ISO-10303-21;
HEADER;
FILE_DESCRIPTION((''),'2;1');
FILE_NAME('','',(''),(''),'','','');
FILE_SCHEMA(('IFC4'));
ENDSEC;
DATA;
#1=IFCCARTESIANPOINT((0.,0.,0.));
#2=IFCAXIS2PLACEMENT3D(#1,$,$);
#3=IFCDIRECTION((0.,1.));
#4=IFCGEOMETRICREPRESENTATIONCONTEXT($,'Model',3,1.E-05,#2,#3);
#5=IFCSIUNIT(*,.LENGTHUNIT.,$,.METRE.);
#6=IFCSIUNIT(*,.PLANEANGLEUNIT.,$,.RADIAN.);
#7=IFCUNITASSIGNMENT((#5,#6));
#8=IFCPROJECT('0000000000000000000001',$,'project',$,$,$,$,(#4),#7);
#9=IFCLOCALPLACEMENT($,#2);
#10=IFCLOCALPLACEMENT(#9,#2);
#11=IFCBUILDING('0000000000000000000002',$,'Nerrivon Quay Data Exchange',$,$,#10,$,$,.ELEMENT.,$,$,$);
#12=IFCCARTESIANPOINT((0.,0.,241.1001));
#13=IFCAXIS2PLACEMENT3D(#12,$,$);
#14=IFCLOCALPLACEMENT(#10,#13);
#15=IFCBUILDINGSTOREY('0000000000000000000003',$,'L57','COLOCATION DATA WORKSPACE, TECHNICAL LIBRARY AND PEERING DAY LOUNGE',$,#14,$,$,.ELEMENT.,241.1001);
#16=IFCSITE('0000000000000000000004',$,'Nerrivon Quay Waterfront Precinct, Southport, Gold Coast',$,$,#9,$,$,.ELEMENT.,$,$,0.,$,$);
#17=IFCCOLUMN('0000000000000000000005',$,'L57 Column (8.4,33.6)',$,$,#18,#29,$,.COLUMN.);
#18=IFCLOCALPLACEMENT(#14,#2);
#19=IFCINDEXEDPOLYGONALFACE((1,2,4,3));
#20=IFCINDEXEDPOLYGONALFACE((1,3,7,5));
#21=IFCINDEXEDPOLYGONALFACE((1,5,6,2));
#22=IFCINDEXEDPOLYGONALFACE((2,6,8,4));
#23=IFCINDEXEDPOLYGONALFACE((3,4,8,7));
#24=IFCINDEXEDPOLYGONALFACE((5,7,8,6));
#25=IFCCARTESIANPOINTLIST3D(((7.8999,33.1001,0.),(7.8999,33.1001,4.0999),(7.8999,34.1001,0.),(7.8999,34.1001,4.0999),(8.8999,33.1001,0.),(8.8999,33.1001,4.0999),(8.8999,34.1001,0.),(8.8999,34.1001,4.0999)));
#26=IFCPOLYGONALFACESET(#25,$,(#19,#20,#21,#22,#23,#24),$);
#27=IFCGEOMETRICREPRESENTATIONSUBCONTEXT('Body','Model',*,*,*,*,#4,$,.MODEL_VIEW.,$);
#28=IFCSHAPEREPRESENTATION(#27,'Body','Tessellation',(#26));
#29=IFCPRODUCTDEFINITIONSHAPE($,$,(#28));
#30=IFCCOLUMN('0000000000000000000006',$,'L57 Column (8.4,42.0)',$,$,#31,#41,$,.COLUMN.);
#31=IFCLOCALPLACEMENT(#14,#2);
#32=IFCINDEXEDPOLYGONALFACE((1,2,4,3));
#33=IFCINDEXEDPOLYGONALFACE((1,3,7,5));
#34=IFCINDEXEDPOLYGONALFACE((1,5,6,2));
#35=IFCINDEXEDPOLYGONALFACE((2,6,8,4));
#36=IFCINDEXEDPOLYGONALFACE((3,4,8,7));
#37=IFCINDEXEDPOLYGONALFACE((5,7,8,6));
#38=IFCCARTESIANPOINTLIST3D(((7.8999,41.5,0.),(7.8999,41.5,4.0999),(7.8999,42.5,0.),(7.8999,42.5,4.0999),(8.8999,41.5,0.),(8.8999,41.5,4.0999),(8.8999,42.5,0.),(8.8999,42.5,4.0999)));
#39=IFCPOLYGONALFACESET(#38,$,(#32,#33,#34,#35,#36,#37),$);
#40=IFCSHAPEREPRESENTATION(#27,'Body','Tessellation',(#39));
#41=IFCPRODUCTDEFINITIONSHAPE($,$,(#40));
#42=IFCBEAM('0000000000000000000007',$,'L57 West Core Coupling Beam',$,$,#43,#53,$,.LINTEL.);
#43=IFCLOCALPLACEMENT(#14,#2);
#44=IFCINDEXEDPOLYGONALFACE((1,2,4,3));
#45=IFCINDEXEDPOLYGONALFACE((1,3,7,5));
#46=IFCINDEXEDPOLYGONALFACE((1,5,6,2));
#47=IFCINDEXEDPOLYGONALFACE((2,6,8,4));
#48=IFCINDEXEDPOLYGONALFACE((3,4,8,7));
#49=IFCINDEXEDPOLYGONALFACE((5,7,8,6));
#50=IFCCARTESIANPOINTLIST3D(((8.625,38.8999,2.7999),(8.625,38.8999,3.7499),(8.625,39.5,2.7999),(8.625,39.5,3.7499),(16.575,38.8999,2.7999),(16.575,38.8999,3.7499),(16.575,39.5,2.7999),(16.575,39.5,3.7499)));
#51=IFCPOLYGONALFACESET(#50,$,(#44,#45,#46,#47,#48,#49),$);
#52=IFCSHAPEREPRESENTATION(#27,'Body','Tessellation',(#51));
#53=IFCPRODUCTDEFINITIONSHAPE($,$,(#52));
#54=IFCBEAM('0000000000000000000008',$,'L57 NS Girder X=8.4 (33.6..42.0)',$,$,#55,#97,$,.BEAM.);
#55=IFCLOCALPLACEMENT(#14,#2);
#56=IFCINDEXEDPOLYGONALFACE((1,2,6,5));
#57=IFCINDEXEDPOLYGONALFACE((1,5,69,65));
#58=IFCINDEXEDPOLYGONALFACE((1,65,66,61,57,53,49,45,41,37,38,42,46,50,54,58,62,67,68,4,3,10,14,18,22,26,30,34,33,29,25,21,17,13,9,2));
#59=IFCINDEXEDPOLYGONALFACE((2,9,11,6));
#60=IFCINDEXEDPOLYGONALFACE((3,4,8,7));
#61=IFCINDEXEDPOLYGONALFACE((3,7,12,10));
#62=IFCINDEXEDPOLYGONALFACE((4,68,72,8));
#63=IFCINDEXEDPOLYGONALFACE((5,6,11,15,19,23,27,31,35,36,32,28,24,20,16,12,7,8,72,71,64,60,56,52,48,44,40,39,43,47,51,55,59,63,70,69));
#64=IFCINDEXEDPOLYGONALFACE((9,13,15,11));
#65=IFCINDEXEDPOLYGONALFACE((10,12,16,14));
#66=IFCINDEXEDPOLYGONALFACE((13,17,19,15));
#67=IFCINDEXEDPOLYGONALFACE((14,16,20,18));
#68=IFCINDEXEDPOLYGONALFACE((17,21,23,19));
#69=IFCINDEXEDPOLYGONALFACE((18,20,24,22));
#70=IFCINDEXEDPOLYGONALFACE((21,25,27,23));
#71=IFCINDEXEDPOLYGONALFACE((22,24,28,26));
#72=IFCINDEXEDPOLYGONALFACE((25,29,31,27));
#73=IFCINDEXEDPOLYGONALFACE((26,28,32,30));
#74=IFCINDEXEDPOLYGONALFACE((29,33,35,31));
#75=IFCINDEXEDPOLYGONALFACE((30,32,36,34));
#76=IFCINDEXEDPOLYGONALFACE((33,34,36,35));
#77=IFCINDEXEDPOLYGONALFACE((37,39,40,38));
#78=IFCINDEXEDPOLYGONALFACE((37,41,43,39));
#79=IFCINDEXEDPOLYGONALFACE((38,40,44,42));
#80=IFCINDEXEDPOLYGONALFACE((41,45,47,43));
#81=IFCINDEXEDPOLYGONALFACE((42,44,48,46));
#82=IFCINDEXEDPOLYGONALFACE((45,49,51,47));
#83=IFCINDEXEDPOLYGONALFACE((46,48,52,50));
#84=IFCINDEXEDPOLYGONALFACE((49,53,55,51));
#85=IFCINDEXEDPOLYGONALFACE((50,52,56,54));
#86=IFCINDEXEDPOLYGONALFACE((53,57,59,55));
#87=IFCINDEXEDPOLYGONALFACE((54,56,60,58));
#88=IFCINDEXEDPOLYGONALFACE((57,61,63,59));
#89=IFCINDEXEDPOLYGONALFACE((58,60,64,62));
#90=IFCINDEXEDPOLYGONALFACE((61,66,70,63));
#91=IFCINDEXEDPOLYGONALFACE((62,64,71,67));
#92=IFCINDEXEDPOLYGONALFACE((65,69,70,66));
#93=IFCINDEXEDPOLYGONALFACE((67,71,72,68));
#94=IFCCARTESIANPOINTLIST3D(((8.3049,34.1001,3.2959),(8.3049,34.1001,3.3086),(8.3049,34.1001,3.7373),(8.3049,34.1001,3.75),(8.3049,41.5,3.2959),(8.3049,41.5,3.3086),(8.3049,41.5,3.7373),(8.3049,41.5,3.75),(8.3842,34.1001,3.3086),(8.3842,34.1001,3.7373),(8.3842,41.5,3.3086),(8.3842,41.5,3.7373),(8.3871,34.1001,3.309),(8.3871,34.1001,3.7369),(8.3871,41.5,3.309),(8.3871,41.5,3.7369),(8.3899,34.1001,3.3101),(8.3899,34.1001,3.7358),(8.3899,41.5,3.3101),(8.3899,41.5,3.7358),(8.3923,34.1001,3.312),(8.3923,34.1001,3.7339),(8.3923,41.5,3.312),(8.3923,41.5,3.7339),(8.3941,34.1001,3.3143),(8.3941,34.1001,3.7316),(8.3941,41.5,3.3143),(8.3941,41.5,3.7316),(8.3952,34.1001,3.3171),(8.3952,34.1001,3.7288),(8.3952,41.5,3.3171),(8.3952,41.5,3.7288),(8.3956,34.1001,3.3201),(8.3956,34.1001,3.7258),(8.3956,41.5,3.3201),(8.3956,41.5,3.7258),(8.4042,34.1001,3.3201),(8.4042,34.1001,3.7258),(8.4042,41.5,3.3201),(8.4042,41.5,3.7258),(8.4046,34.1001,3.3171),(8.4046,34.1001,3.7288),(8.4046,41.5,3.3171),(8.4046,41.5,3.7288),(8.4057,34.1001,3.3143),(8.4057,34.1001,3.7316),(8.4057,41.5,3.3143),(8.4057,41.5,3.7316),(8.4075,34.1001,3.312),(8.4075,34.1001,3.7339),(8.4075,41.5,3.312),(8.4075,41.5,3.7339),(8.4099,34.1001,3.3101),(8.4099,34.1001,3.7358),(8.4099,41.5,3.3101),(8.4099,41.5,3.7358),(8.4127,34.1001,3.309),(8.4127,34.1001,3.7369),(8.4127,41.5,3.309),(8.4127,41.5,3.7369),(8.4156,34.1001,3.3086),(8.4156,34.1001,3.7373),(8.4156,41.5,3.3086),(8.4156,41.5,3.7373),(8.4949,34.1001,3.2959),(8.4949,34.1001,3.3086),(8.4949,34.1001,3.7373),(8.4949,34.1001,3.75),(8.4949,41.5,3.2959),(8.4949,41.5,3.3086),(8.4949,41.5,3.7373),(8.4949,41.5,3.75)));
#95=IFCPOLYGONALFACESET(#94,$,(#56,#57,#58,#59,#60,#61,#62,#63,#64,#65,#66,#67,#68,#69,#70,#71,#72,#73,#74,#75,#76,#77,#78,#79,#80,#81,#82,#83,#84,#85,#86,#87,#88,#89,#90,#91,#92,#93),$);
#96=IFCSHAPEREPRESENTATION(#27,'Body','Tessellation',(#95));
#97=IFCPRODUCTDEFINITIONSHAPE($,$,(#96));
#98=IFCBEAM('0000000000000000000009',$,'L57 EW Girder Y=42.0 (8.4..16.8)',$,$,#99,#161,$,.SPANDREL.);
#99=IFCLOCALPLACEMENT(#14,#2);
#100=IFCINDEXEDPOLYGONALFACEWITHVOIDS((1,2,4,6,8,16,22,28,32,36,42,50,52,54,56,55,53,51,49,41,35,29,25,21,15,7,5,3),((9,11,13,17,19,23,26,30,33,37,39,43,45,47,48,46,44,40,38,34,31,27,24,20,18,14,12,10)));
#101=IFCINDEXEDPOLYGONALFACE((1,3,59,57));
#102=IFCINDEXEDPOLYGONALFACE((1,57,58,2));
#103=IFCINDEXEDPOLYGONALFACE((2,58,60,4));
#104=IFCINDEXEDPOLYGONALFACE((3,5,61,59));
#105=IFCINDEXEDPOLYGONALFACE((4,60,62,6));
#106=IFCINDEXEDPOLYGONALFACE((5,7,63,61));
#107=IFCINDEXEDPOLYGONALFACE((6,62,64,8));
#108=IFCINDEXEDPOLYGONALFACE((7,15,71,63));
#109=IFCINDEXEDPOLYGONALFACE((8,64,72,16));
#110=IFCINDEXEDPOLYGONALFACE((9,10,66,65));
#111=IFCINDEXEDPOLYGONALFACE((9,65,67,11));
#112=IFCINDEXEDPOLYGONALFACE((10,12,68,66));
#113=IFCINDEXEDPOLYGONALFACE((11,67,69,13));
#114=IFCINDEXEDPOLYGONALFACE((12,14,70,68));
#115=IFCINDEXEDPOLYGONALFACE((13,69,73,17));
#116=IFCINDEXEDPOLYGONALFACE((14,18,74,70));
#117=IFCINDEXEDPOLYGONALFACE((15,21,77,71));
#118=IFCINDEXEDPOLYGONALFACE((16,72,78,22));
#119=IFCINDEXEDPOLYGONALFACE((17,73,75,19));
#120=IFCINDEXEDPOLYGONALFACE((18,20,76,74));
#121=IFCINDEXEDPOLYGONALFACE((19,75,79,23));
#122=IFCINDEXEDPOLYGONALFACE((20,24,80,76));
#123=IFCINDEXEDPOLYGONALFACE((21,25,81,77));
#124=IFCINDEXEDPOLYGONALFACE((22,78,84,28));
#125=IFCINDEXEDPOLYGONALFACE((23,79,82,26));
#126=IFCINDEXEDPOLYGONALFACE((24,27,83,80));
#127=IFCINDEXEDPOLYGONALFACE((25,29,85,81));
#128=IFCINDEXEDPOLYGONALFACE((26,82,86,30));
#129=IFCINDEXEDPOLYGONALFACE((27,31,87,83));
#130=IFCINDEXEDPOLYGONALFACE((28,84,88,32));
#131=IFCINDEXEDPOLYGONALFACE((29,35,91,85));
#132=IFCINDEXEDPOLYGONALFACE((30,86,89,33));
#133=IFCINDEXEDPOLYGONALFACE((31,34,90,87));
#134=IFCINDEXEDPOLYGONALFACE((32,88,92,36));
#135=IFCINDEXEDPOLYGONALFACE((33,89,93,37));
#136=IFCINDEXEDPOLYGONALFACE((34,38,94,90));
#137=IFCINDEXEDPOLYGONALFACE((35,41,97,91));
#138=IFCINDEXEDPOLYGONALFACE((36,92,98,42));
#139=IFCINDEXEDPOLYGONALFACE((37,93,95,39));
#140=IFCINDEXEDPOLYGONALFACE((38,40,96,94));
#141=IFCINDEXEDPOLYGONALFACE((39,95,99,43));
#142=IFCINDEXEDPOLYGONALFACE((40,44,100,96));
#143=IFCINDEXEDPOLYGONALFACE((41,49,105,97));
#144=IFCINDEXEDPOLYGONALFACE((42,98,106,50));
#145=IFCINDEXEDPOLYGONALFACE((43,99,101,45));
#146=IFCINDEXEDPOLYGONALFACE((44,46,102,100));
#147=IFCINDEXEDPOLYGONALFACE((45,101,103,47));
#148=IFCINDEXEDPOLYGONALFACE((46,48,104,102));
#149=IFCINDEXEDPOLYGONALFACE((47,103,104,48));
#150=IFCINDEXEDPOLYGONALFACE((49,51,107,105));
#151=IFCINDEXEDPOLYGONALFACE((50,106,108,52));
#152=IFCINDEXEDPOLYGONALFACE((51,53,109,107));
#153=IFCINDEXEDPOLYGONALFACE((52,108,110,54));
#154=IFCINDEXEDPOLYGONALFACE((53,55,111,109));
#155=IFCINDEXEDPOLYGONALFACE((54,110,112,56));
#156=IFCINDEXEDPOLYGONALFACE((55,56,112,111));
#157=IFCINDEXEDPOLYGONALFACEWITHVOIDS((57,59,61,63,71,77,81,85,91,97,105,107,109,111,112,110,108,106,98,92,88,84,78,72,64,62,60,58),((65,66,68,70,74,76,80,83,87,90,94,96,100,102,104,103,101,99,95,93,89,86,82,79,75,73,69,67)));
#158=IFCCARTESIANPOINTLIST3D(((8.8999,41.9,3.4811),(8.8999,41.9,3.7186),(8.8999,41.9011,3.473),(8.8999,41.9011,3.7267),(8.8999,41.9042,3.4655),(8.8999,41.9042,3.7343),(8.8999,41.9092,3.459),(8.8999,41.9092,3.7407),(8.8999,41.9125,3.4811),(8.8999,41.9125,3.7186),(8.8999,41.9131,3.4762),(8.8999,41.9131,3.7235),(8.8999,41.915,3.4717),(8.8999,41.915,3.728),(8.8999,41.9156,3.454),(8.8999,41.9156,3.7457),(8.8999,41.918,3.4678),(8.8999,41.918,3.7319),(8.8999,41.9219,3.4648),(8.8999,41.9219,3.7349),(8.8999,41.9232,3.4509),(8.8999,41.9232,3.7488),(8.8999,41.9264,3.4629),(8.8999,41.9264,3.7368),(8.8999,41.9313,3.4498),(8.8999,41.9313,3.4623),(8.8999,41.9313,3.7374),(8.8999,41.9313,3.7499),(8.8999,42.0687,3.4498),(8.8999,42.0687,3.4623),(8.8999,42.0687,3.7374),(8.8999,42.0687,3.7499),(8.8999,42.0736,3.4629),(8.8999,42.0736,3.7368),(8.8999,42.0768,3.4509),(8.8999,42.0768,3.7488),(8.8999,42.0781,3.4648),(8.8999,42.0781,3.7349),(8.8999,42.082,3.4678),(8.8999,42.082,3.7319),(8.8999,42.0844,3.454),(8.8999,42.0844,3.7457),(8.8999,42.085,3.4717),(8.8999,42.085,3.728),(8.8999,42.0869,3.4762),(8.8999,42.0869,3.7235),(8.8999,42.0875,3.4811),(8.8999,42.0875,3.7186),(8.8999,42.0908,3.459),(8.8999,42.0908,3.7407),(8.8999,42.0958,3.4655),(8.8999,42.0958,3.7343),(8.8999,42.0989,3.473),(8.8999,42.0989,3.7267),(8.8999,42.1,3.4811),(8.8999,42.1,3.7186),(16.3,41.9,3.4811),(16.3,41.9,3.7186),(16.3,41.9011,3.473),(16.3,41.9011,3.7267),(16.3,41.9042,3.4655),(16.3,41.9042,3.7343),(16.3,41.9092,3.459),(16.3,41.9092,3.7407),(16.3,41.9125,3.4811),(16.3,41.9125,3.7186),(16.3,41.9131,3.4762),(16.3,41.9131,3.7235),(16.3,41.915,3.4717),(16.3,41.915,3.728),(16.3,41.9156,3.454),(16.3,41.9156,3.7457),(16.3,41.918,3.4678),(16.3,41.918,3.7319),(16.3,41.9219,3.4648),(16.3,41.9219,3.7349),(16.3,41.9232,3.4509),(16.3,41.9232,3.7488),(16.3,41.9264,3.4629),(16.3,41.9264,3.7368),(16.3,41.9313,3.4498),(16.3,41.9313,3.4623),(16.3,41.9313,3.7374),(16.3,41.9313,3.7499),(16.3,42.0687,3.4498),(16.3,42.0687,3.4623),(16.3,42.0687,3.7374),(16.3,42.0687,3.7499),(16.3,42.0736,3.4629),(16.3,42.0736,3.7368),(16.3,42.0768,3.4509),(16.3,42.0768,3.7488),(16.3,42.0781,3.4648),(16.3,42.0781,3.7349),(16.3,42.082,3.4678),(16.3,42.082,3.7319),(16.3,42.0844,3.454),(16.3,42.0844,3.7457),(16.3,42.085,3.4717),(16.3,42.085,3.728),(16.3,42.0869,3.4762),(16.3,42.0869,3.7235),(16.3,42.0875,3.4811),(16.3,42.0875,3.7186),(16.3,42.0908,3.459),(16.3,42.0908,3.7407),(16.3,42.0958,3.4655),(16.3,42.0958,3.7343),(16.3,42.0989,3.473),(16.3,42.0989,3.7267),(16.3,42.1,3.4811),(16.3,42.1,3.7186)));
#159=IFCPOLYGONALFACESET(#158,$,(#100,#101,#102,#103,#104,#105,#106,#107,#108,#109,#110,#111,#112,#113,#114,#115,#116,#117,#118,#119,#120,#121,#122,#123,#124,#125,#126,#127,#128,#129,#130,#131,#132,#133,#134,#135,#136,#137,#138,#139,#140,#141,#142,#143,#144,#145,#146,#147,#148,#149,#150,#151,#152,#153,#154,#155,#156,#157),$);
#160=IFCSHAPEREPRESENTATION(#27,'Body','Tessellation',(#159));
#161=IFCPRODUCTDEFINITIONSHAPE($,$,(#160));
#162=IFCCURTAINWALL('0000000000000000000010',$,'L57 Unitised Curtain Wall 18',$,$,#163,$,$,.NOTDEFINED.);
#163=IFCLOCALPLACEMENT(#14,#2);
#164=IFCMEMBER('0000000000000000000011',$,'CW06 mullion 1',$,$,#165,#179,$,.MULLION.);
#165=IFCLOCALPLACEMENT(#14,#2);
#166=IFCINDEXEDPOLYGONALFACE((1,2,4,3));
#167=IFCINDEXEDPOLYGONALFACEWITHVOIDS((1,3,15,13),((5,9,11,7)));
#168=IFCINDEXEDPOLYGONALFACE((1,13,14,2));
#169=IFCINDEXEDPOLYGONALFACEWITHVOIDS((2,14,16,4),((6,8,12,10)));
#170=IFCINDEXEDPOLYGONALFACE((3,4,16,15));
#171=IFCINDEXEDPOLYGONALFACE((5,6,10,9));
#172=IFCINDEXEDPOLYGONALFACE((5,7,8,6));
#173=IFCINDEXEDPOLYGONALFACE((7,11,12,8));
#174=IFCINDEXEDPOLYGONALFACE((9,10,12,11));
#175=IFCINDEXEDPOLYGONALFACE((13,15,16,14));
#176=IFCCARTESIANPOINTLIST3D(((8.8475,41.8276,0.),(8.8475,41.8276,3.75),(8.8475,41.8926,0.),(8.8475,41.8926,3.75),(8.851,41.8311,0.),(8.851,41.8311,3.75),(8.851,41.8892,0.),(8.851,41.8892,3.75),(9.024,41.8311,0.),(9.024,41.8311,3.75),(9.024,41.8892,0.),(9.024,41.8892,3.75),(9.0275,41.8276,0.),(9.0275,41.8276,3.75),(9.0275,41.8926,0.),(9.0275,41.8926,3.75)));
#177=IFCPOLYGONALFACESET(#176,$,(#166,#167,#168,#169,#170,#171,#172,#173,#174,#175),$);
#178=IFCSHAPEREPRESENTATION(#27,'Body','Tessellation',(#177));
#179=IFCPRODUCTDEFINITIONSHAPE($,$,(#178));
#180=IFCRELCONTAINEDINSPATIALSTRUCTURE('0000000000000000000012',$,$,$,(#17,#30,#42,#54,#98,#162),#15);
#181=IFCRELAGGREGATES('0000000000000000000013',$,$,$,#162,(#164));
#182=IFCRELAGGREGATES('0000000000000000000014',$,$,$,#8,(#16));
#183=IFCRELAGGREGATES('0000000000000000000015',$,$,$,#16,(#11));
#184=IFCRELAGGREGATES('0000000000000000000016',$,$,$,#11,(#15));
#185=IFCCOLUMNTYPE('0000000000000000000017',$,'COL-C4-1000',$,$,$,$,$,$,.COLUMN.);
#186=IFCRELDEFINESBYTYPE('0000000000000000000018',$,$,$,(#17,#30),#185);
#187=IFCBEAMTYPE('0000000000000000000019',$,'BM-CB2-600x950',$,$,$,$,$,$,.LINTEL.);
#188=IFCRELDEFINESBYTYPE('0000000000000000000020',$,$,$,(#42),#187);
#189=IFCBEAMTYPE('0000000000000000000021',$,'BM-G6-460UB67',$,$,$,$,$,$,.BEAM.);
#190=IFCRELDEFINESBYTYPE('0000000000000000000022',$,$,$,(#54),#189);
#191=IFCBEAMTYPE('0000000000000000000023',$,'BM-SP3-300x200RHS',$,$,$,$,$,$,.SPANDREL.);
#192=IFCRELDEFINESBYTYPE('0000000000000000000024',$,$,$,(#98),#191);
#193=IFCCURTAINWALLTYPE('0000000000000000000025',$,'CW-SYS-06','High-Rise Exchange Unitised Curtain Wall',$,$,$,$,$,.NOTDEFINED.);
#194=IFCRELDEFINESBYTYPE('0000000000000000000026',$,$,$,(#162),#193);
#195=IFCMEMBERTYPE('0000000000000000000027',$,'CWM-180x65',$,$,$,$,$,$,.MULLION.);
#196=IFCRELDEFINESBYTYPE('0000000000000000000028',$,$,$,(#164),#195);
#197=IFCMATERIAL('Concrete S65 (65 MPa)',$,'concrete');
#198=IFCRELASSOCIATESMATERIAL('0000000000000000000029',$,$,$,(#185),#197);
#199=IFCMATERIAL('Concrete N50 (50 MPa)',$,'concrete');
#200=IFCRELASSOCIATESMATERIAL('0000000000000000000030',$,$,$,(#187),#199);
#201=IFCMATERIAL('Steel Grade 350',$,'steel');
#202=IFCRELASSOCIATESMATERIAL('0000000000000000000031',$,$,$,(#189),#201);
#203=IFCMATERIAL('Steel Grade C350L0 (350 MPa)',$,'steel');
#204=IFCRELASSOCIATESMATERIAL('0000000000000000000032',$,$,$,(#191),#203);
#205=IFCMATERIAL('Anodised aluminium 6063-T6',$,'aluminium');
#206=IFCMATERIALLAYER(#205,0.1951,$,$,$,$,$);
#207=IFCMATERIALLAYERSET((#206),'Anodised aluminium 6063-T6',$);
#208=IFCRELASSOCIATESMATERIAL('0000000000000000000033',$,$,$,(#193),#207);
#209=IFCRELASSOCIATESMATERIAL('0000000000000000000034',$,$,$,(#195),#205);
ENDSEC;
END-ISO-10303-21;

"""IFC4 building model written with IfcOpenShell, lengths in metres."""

from ifc_helpers import new_model, si_unit, direction, frame, origin, origin_2d, place, context, subcontext, project, spatial, rectangle, hollow_rectangle, i_section, extrude, material, layer, layer_set, material_profile, profile_set, type_object, element, aggregate, save


model = new_model("IFC4")

# Units and contexts
model_context = context("Model", 3, precision=1e-05, world=origin(), true_north=direction((0.0, 1.0)))
body_context = subcontext(model_context, "Body", "Model", "MODEL_VIEW")
ifc_project = project(units=[si_unit("LENGTHUNIT", "METRE"), si_unit("PLANEANGLEUNIT", "RADIAN")], contexts=[model_context])

# Site, building, storey
site_placement = place(None, origin())
site = spatial("IfcSite", under=ifc_project, at=site_placement, Name="Nerrivon Quay Waterfront Precinct, Southport, Gold Coast", CompositionType="ELEMENT", RefElevation=0.0)
building_placement = place(site_placement, origin())
building = spatial("IfcBuilding", under=site, at=building_placement, Name="Nerrivon Quay Data Exchange", CompositionType="ELEMENT")
storey_placement = place(building_placement, frame((0.0, 0.0, 241.1001)))
storey = spatial("IfcBuildingStorey", under=building, at=storey_placement, Name="L57", Description="COLOCATION DATA WORKSPACE, TECHNICAL LIBRARY AND PEERING DAY LOUNGE", CompositionType="ELEMENT", Elevation=241.1001)

# Columns
ifc_material_1 = material(Name="Concrete S65 (65 MPa)", Category="concrete")
ifc_material_profile_1 = material_profile(ifc_material_1, rectangle(XDim=1.0, YDim=1.0, at=origin_2d()), Name="RC-COL-1000x1000")
ifc_profile_set_1 = profile_set([ifc_material_profile_1], Name="Concrete S65 (65 MPa)")
column_type = type_object("IfcColumnType", Name="COL-C4-1000", PredefinedType="COLUMN", material=ifc_profile_set_1)
for number, where, z_axis, x_axis, name in (
    (1, (8.3999, 33.6001, 0.0), (0.0, 0.0, 1.0), (1.0, 0.0, 0.0), "L57 Column (8.4,33.6)"),
    (2, (8.3999, 42.0, 0.0), (0.0, 0.0, 1.0), (1.0, 0.0, 0.0), "L57 Column (8.4,42.0)"),
):
    element("IfcColumn", number, at=place(storey_placement, frame(where, z_axis=z_axis, x_axis=x_axis)), inside=storey, type_object=column_type, Name=name, PredefinedType="COLUMN", context=body_context, shape_type="SweptSolid", body=[
        extrude(rectangle(XDim=1.0, YDim=1.0, at=origin_2d()), origin(), (0.0, 0.0, 1.0), 4.0999),
    ])

# Beams
ifc_material_2 = material(Name="Concrete N50 (50 MPa)", Category="concrete")
ifc_material_profile_2 = material_profile(ifc_material_2, rectangle(XDim=0.6001, YDim=0.95, at=origin_2d()), Name="RC-CB-600x950")
ifc_profile_set_2 = profile_set([ifc_material_profile_2], Name="Concrete N50 (50 MPa)")
beam_type_1 = type_object("IfcBeamType", Name="BM-CB2-600x950", PredefinedType="LINTEL", material=ifc_profile_set_2)
beam_1_placement = place(storey_placement, frame((8.625, 39.2, 3.2749), z_axis=(1.0, 0.0, 0.0), x_axis=(0.0, 1.0, 0.0)))
element("IfcBeam", 3, at=beam_1_placement, inside=storey, type_object=beam_type_1, Name="L57 West Core Coupling Beam", PredefinedType="LINTEL", context=body_context, shape_type="SweptSolid", body=[
    extrude(rectangle(XDim=0.6001, YDim=0.95, at=origin_2d()), origin(), (0.0, 0.0, 1.0), 7.95),
])
ifc_material_3 = material(Name="Steel Grade 350", Category="steel")
ifc_material_profile_3 = material_profile(ifc_material_3, i_section(OverallWidth=0.1899, OverallDepth=0.4541, WebThickness=0.0085, FlangeThickness=0.0127, FilletRadius=0.0115, at=origin_2d()), Name="460UB67.1")
ifc_profile_set_3 = profile_set([ifc_material_profile_3], Name="Steel Grade 350")
beam_type_2 = type_object("IfcBeamType", Name="BM-G6-460UB67", PredefinedType="BEAM", material=ifc_profile_set_3)
beam_2_placement = place(storey_placement, frame((8.3999, 34.1001, 3.5229), z_axis=(0.0, 1.0, 0.0), x_axis=(-1.0, 0.0, 0.0)))
element("IfcBeam", 4, at=beam_2_placement, inside=storey, type_object=beam_type_2, Name="L57 NS Girder X=8.4 (33.6..42.0)", PredefinedType="BEAM", context=body_context, shape_type="SweptSolid", body=[
    extrude(i_section(OverallWidth=0.1899, OverallDepth=0.4541, WebThickness=0.0085, FlangeThickness=0.0127, FilletRadius=0.0115, at=origin_2d()), origin(), (0.0, 0.0, 1.0), 7.3999),
])
ifc_material_4 = material(Name="Steel Grade C350L0 (350 MPa)", Category="steel")
ifc_material_profile_4 = material_profile(ifc_material_4, hollow_rectangle(XDim=0.2, YDim=0.3, WallThickness=0.0125, InnerFilletRadius=0.0188, OuterFilletRadius=0.0312, at=origin_2d()), Name="300x200x12.5RHS")
ifc_profile_set_4 = profile_set([ifc_material_profile_4], Name="Steel Grade C350L0 (350 MPa)")
beam_type_3 = type_object("IfcBeamType", Name="BM-SP3-300x200RHS", PredefinedType="SPANDREL", material=ifc_profile_set_4)
beam_3_placement = place(storey_placement, frame((8.8999, 42.0, 3.5999), z_axis=(1.0, 0.0, 0.0), x_axis=(0.0, 1.0, 0.0)))
element("IfcBeam", 5, at=beam_3_placement, inside=storey, type_object=beam_type_3, Name="L57 EW Girder Y=42.0 (8.4..16.8)", PredefinedType="SPANDREL", context=body_context, shape_type="SweptSolid", body=[
    extrude(hollow_rectangle(XDim=0.2, YDim=0.3, WallThickness=0.0125, InnerFilletRadius=0.0188, OuterFilletRadius=0.0312, at=origin_2d()), origin(), (0.0, 0.0, 1.0), 7.4001),
])

# Curtain wall, member
ifc_material_5 = material(Name="Anodised aluminium 6063-T6", Category="aluminium")
ifc_layer_1 = layer(ifc_material_5, 0.1951)
ifc_layer_set_1 = layer_set([ifc_layer_1], Name="Anodised aluminium 6063-T6")
curtain_wall_type = type_object("IfcCurtainWallType", Name="CW-SYS-06", Description="High-Rise Exchange Unitised Curtain Wall", PredefinedType="NOTDEFINED", material=ifc_layer_set_1)
curtain_wall_placement = place(storey_placement, origin())
curtain_wall = element("IfcCurtainWall", 6, at=curtain_wall_placement, inside=storey, type_object=curtain_wall_type, Name="L57 Unitised Curtain Wall 18", PredefinedType="NOTDEFINED")
ifc_material_profile_5 = material_profile(ifc_material_5, hollow_rectangle(XDim=0.0649, YDim=0.1799, WallThickness=0.0034, at=origin_2d()), Name="ALU-MULL-180x65")
ifc_profile_set_5 = profile_set([ifc_material_profile_5], Name="Anodised aluminium 6063-T6")
member_type_1 = type_object("IfcMemberType", Name="CWM-180x65", PredefinedType="MULLION", material=ifc_profile_set_5)
member_1_placement = place(storey_placement, frame((8.9375, 41.8601, 0.0), z_axis=(0.0, 0.0, 1.0), x_axis=(0.0, 1.0, 0.0)))
member_1 = element("IfcMember", 7, at=member_1_placement, type_object=member_type_1, Name="CW06 mullion 1", PredefinedType="MULLION", context=body_context, shape_type="SweptSolid", body=[
    extrude(hollow_rectangle(XDim=0.0649, YDim=0.1799, WallThickness=0.0034, at=origin_2d()), origin(), (0.0, 0.0, 1.0), 3.75),
])
aggregate(curtain_wall, [member_1])

save(model, "model.ifc")
